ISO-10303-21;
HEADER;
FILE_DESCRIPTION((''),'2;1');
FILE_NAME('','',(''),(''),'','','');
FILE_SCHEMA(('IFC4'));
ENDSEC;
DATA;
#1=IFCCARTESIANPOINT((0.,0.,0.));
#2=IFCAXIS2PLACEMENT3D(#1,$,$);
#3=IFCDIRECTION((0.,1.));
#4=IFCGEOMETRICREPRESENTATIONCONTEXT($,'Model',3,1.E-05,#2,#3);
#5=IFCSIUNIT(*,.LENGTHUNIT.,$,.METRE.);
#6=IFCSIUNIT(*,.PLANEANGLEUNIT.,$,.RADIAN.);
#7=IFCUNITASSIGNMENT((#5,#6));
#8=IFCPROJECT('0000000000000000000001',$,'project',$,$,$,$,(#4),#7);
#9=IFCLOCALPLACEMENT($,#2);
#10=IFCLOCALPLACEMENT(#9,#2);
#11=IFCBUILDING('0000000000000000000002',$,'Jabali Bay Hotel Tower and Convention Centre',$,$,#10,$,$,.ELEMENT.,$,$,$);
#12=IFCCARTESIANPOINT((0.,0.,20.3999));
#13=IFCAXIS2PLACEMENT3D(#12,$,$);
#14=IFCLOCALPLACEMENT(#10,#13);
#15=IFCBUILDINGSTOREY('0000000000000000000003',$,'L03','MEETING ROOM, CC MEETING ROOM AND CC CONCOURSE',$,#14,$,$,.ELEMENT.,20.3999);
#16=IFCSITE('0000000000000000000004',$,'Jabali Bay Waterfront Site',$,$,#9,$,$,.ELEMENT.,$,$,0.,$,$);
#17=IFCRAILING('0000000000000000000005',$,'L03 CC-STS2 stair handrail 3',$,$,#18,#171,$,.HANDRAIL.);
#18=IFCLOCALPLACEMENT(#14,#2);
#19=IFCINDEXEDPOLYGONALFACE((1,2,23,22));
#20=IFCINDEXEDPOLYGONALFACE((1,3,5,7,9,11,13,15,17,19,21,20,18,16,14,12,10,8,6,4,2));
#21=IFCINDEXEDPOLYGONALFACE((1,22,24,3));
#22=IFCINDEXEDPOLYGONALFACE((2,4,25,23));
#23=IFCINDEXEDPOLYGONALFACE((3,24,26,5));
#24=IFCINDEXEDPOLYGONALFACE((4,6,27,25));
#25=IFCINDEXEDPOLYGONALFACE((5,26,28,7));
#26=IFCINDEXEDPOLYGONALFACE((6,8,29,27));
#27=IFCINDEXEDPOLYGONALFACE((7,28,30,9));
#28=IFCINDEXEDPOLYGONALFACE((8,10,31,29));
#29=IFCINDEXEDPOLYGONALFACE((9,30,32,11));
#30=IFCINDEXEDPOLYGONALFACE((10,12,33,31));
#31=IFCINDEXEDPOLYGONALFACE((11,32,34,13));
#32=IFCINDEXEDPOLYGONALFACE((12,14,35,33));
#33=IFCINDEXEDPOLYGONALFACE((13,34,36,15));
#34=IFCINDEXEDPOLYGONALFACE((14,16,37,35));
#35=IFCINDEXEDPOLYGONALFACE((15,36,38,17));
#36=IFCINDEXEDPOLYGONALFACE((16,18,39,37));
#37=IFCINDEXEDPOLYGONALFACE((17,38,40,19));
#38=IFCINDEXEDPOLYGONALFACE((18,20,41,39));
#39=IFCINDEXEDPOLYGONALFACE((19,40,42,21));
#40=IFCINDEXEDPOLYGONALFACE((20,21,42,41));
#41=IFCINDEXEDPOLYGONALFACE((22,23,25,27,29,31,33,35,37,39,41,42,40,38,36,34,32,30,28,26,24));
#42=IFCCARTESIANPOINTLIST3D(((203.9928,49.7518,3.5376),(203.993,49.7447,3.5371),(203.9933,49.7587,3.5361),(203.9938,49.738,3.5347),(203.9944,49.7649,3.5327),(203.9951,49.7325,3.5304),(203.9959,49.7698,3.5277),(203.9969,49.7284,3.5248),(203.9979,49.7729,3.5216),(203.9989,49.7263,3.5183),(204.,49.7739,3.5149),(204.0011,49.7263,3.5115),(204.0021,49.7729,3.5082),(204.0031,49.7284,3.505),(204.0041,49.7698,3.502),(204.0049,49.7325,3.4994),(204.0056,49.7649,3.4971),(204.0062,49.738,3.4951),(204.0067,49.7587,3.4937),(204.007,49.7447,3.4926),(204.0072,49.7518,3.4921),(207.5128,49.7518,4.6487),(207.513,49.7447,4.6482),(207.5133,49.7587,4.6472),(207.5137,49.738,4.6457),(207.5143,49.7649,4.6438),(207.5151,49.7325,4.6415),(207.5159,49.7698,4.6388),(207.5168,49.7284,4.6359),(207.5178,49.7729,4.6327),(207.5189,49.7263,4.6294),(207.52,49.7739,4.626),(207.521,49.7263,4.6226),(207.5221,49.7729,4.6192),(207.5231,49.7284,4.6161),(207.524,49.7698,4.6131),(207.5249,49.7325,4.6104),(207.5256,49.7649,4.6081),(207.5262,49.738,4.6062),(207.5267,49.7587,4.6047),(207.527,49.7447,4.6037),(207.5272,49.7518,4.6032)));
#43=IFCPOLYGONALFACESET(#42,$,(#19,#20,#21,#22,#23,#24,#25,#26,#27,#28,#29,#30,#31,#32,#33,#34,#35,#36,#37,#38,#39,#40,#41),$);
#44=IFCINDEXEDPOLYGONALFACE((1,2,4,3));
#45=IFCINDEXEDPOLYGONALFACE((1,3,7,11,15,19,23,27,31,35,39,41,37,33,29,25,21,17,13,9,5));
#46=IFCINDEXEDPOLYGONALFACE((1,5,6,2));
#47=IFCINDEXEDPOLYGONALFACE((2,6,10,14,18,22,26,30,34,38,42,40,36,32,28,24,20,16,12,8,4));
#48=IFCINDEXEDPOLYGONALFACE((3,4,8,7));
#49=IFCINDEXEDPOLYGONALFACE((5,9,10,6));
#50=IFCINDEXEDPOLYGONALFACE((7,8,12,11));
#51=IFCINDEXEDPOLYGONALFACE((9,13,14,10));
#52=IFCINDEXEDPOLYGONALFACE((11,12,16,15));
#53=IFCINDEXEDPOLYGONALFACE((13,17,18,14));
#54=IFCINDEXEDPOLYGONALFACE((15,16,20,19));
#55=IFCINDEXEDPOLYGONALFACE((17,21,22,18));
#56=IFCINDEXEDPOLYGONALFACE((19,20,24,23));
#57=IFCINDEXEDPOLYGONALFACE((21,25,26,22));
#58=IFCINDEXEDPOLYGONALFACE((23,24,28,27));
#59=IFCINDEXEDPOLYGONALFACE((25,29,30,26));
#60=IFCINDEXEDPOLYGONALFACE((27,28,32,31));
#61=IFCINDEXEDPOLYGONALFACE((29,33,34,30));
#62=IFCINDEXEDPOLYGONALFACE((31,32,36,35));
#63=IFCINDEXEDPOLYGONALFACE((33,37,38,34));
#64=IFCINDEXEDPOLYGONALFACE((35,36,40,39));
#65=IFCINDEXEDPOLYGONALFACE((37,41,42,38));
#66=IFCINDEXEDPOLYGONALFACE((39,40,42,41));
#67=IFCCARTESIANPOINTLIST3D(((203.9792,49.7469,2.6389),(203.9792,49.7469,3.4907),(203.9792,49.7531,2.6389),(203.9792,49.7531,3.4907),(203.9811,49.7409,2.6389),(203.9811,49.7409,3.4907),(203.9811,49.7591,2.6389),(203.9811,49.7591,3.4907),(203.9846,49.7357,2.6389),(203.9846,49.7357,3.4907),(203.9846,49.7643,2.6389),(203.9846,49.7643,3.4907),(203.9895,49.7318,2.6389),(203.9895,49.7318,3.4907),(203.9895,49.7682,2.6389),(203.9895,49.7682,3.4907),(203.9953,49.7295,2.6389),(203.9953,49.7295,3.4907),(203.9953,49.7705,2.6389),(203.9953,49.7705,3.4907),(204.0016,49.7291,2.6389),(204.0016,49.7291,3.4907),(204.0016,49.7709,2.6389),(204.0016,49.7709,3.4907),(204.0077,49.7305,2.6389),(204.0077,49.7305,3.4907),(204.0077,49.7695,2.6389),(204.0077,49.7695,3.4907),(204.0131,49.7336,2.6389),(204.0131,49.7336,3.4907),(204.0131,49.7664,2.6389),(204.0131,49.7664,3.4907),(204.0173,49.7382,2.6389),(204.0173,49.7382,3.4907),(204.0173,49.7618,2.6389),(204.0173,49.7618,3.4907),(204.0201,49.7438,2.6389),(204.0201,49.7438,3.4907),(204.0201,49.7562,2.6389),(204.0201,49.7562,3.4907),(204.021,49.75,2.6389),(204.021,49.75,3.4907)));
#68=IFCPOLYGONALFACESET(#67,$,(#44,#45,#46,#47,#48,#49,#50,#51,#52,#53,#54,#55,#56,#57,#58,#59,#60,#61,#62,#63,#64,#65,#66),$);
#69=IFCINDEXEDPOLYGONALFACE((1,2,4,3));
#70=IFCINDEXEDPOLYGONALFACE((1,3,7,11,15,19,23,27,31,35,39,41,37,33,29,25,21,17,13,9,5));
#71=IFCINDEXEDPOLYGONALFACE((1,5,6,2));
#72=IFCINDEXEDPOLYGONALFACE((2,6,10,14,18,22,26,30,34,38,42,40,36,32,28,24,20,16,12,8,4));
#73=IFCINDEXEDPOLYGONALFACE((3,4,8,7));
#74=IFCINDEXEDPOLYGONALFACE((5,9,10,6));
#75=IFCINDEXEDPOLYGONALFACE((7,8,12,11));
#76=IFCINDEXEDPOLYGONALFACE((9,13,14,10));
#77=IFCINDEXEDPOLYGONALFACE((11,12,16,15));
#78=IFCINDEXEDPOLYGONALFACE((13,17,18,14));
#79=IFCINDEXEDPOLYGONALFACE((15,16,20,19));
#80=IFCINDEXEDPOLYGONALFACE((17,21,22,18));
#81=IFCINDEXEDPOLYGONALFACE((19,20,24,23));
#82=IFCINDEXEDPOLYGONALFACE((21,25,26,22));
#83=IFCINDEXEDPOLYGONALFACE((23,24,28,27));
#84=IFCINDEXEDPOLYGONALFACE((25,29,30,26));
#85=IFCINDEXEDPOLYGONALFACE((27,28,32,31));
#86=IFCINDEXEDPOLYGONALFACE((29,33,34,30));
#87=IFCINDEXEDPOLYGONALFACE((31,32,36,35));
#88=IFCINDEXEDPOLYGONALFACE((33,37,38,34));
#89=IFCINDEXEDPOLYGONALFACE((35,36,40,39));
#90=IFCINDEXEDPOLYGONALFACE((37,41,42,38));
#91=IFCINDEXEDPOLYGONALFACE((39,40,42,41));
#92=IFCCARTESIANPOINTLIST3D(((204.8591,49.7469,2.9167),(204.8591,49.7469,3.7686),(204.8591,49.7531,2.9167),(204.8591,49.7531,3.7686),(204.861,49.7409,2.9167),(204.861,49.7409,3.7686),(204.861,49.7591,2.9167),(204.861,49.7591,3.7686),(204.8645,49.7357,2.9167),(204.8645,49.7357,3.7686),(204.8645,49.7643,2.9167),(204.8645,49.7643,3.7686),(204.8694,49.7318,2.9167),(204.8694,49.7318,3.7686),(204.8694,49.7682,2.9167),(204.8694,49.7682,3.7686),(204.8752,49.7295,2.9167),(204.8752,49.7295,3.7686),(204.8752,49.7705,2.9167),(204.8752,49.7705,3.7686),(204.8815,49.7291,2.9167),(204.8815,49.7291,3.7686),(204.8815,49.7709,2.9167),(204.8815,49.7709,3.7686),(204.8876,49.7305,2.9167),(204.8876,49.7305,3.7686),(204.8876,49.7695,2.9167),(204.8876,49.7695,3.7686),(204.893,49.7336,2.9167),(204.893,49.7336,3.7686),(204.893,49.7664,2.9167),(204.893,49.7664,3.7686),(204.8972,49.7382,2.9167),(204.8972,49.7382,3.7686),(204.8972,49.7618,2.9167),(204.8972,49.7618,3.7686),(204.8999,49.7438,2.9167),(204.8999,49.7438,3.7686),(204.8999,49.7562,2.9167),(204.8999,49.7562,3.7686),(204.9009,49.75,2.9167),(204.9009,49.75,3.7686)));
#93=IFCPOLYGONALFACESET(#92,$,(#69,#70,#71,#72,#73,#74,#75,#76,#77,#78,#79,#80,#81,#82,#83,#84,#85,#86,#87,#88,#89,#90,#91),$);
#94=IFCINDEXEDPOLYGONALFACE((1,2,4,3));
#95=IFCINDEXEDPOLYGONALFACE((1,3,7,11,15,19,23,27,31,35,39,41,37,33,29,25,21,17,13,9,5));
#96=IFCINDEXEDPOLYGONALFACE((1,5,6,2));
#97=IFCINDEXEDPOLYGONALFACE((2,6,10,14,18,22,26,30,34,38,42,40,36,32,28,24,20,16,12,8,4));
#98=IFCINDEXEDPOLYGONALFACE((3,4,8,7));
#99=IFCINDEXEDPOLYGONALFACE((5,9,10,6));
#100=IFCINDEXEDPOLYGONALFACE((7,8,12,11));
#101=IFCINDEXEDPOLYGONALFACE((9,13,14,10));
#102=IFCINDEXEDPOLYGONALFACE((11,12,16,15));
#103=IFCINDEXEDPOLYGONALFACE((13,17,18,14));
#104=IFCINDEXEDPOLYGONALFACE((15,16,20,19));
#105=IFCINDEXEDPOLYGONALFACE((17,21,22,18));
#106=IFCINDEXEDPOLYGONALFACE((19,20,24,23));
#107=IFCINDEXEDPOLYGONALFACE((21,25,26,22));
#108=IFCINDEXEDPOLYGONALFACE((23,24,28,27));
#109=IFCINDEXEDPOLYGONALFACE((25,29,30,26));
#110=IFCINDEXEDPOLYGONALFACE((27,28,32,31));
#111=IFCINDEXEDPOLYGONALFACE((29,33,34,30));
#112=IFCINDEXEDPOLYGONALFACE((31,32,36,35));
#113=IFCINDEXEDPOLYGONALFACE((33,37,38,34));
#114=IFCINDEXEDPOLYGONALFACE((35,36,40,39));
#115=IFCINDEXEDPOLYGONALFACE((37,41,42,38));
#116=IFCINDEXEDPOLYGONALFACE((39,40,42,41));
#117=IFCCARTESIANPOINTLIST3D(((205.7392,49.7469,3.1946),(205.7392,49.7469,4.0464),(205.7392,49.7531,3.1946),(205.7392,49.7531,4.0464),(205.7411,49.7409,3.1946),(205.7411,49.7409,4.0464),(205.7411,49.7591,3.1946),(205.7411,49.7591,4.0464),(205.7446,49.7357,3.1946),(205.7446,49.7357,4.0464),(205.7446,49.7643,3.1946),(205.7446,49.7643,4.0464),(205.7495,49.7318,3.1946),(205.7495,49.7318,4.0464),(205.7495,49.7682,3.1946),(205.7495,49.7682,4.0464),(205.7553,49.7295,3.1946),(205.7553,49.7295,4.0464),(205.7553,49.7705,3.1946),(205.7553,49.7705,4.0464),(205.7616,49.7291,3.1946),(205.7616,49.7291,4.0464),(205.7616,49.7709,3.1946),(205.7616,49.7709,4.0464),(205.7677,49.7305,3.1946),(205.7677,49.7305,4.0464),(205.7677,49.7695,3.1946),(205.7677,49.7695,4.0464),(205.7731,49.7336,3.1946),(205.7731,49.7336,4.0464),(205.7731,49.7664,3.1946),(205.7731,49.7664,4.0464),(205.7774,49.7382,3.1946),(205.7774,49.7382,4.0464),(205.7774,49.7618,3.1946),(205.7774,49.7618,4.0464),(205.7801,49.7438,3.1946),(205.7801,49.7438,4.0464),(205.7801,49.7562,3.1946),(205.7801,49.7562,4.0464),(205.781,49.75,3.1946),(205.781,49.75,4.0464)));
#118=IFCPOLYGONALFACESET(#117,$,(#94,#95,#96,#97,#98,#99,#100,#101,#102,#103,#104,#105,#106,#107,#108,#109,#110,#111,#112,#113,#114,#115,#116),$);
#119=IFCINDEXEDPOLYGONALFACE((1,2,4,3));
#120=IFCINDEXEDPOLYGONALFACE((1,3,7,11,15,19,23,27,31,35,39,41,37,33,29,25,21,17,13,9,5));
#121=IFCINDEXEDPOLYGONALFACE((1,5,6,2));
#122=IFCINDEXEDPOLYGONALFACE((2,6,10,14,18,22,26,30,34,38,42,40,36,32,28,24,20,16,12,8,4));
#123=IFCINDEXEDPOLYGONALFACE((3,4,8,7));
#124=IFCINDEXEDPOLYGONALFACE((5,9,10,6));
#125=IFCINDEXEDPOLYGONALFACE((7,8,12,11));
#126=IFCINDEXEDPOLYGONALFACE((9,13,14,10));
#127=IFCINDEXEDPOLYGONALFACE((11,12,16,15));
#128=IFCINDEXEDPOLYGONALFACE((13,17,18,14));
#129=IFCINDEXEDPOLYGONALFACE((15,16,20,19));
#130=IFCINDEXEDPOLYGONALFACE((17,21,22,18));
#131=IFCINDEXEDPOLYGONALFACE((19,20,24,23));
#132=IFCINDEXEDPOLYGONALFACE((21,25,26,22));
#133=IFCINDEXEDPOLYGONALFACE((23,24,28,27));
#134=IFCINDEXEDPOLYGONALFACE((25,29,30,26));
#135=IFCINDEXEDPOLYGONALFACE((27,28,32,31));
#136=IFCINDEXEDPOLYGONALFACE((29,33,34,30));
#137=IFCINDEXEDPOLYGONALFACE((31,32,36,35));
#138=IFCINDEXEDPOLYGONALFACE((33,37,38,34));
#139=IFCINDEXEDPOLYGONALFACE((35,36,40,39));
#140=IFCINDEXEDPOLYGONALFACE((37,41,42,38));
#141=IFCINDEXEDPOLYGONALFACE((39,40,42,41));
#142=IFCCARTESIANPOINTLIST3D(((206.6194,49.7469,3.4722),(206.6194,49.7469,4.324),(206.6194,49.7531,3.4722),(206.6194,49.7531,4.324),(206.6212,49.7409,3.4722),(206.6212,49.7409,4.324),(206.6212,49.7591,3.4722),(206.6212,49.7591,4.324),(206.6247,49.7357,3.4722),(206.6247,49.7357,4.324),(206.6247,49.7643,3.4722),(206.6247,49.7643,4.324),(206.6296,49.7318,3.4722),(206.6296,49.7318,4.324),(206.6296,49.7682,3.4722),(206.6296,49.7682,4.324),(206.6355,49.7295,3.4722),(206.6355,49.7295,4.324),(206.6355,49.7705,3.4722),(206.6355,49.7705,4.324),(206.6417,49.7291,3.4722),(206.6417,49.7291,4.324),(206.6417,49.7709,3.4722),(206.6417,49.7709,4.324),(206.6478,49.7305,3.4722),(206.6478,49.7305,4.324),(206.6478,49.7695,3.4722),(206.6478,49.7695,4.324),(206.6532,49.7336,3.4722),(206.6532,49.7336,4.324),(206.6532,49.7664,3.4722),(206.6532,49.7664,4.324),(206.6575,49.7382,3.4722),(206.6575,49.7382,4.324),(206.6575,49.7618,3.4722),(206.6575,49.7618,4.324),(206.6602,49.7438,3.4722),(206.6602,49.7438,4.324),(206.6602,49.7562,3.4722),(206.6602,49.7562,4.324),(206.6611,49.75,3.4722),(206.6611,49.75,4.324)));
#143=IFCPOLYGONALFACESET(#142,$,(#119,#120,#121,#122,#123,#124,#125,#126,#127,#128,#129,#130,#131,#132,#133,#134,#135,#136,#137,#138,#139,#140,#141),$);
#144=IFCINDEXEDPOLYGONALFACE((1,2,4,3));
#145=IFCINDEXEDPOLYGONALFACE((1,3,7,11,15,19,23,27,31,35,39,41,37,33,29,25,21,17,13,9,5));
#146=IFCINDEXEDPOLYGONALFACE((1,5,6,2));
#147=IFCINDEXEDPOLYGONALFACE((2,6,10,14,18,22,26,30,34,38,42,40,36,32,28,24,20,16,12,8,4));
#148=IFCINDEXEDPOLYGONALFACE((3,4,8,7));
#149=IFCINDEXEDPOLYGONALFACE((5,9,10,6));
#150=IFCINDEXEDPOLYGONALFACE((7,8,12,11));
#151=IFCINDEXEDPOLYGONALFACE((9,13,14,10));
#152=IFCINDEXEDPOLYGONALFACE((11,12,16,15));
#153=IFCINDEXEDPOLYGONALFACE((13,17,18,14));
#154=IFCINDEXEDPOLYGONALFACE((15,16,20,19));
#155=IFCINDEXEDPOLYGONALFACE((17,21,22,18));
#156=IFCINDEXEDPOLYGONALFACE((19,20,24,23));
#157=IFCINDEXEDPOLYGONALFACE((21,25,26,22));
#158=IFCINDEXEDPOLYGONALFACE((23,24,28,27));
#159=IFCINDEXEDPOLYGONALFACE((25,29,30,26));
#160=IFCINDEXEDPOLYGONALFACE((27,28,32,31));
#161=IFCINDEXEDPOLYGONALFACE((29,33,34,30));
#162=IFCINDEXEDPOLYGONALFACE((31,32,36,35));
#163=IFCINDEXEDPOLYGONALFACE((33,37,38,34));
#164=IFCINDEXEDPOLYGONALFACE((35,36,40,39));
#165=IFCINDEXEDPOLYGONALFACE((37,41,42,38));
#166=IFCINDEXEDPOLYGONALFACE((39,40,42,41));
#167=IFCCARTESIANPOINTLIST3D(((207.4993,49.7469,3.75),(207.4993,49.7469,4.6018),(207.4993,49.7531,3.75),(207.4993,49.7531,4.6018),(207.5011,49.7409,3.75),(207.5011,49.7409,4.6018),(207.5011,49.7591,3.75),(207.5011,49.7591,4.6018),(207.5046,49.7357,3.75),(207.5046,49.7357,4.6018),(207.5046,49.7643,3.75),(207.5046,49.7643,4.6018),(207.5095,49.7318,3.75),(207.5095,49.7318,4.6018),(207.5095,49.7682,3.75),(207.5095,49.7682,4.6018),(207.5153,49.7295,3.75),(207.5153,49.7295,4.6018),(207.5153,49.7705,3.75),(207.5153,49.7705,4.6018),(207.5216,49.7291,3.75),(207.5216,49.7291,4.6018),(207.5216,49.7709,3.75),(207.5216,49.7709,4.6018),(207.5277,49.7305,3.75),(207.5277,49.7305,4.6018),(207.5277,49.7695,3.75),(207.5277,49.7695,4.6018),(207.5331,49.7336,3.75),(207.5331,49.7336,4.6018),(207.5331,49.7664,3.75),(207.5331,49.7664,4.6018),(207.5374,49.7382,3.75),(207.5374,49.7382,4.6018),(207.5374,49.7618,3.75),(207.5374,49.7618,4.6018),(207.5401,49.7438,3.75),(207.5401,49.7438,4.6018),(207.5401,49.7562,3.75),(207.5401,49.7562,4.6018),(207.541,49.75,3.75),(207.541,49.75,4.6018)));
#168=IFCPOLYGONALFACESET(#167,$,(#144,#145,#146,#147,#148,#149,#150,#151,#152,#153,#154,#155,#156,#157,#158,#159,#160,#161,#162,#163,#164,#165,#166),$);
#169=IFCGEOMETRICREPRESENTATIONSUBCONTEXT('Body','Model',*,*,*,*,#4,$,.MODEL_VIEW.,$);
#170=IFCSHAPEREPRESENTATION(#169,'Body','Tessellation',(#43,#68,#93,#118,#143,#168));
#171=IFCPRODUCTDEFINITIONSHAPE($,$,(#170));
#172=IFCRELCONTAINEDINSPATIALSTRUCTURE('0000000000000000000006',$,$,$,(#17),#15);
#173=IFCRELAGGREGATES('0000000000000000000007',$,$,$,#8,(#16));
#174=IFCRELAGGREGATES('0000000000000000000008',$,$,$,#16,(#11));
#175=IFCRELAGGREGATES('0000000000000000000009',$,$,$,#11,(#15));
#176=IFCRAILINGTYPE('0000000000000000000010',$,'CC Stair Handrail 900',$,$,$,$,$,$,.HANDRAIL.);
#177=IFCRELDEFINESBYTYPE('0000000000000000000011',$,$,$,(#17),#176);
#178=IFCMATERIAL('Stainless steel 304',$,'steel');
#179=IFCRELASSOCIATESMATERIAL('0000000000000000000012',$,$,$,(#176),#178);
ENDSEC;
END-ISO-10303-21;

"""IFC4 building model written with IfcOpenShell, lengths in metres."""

from ifc_helpers import new_model, si_unit, direction, frame, origin, origin_2d, place, context, subcontext, project, spatial, circle, extrude, material, type_object, element, save


model = new_model("IFC4")

# Units and contexts
model_context = context("Model", 3, precision=1e-05, world=origin(), true_north=direction((0.0, 1.0)))
body_context = subcontext(model_context, "Body", "Model", "MODEL_VIEW")
ifc_project = project(units=[si_unit("LENGTHUNIT", "METRE"), si_unit("PLANEANGLEUNIT", "RADIAN")], contexts=[model_context])

# Site, building, storey
site_placement = place(None, origin())
site = spatial("IfcSite", under=ifc_project, at=site_placement, Name="Jabali Bay Waterfront Site", CompositionType="ELEMENT", RefElevation=0.0)
building_placement = place(site_placement, origin())
building = spatial("IfcBuilding", under=site, at=building_placement, Name="Jabali Bay Hotel Tower and Convention Centre", CompositionType="ELEMENT")
storey_placement = place(building_placement, frame((0.0, 0.0, 20.3999)))
storey = spatial("IfcBuildingStorey", under=building, at=storey_placement, Name="L03", Description="MEETING ROOM, CC MEETING ROOM AND CC CONCOURSE", CompositionType="ELEMENT", Elevation=20.3999)

# Railing
ifc_material_1 = material(Name="Stainless steel 304", Category="steel")
railing_type = type_object("IfcRailingType", Name="CC Stair Handrail 900", PredefinedType="HANDRAIL", material=ifc_material_1)
for number, where, name in (
    (1, (204.0, 49.75, 2.6389), "L03 CC-STS2 stair handrail 3"),
):
    element("IfcRailing", number, at=place(storey_placement, frame(where)), inside=storey, type_object=railing_type, Name=name, PredefinedType="HANDRAIL", context=body_context, shape_type="SweptSolid", body=[
        extrude(circle(Radius=0.0239, at=origin_2d()), frame((0.0, 0.0, 0.876), z_axis=(0.953622, 0.0, 0.301008), x_axis=(0.0, 1.0, 0.0)), (0.0, 0.0, 1.0), 3.6912),
        extrude(circle(Radius=0.021, at=origin_2d()), origin(), (0.0, 0.0, 1.0), 0.8518),
        extrude(circle(Radius=0.021, at=origin_2d()), frame((0.8799, 0.0, 0.2778)), (0.0, 0.0, 1.0), 0.8518),
        extrude(circle(Radius=0.021, at=origin_2d()), frame((1.76, 0.0, 0.5557)), (0.0, 0.0, 1.0), 0.8518),
        extrude(circle(Radius=0.021, at=origin_2d()), frame((2.6401, 0.0, 0.8333)), (0.0, 0.0, 1.0), 0.8518),
        extrude(circle(Radius=0.021, at=origin_2d()), frame((3.52, 0.0, 1.1111)), (0.0, 0.0, 1.0), 0.8518),
    ])

save(model, "model.ifc")
